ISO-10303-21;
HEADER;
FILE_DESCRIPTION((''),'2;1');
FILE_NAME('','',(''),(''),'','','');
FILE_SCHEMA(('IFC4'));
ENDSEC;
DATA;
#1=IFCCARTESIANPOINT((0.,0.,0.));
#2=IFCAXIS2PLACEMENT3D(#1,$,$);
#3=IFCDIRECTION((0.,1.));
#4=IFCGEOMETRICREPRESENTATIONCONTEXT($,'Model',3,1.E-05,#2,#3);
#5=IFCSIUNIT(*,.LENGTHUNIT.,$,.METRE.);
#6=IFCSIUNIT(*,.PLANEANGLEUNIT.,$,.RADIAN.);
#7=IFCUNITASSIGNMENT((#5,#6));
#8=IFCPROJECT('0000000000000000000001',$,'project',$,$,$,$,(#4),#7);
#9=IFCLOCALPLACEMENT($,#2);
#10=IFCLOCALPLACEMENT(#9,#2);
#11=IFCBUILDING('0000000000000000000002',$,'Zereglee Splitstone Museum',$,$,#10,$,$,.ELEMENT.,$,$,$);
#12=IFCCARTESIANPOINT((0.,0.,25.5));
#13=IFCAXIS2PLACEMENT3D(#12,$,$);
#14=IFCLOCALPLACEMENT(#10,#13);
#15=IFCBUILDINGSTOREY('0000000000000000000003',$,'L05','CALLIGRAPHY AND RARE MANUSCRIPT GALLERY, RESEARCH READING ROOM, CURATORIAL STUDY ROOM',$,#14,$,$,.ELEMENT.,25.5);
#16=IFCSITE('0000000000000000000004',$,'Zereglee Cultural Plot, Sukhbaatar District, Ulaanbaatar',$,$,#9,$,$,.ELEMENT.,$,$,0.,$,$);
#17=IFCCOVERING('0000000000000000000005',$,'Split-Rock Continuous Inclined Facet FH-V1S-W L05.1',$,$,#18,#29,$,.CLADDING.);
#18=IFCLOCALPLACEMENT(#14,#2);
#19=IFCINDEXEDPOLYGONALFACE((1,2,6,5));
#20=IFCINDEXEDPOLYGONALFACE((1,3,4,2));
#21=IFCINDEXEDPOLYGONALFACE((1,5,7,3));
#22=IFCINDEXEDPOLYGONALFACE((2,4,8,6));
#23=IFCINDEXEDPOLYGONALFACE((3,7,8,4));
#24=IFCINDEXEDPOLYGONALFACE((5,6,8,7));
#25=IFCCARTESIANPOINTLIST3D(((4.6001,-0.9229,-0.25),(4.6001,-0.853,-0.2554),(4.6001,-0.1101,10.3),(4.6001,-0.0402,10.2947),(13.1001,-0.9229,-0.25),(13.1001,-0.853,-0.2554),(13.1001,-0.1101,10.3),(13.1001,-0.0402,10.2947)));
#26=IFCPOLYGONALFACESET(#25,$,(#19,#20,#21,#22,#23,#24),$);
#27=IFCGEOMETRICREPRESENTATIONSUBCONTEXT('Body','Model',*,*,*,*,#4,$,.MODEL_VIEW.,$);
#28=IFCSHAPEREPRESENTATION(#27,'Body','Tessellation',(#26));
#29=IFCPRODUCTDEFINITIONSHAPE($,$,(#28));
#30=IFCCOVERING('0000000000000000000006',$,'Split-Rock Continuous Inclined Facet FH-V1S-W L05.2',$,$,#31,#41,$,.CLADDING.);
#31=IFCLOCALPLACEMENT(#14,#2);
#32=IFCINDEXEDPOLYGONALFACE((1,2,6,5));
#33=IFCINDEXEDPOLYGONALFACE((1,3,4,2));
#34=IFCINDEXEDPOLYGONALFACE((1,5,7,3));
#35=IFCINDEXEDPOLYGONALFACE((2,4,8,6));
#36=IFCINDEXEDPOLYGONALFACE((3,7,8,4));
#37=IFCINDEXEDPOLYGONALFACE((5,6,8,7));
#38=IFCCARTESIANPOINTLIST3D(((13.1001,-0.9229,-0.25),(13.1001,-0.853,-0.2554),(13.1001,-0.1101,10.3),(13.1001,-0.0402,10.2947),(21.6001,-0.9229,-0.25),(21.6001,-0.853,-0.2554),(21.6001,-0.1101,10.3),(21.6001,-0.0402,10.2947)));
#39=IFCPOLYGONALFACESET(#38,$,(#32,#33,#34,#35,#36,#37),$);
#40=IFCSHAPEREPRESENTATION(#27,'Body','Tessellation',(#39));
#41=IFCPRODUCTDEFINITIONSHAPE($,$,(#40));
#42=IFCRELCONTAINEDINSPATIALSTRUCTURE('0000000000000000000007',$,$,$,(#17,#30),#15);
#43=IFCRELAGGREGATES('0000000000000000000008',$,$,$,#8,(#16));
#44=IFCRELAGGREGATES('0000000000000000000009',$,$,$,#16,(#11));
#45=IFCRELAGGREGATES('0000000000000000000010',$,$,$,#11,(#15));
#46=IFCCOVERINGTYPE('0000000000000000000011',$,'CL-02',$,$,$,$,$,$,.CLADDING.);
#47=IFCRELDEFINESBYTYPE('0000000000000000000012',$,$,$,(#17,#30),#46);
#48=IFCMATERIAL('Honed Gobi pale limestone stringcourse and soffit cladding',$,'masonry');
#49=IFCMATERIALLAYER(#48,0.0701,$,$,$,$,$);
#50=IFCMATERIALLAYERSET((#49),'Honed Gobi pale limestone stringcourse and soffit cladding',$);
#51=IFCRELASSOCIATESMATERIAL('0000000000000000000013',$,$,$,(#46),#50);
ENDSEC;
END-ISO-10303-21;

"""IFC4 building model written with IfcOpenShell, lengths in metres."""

from ifc_helpers import new_model, si_unit, direction, frame, origin, place, context, subcontext, project, spatial, polyline, outline, extrude, material, layer, layer_set, type_object, element, save


model = new_model("IFC4")

# Units and contexts
model_context = context("Model", 3, precision=1e-05, world=origin(), true_north=direction((0.0, 1.0)))
body_context = subcontext(model_context, "Body", "Model", "MODEL_VIEW")
ifc_project = project(units=[si_unit("LENGTHUNIT", "METRE"), si_unit("PLANEANGLEUNIT", "RADIAN")], contexts=[model_context])

# Site, building, storey
site_placement = place(None, origin())
site = spatial("IfcSite", under=ifc_project, at=site_placement, Name="Zereglee Cultural Plot, Sukhbaatar District, Ulaanbaatar", CompositionType="ELEMENT", RefElevation=0.0)
building_placement = place(site_placement, origin())
building = spatial("IfcBuilding", under=site, at=building_placement, Name="Zereglee Splitstone Museum", CompositionType="ELEMENT")
storey_placement = place(building_placement, frame((0.0, 0.0, 25.5)))
storey = spatial("IfcBuildingStorey", under=building, at=storey_placement, Name="L05", Description="CALLIGRAPHY AND RARE MANUSCRIPT GALLERY, RESEARCH READING ROOM, CURATORIAL STUDY ROOM", CompositionType="ELEMENT", Elevation=25.5)

# Coverings
ifc_material_1 = material(Name="Honed Gobi pale limestone stringcourse and soffit cladding", Category="masonry")
ifc_layer_1 = layer(ifc_material_1, 0.0701)
ifc_layer_set_1 = layer_set([ifc_layer_1], Name="Honed Gobi pale limestone stringcourse and soffit cladding")
covering_type = type_object("IfcCoveringType", Name="CL-02", PredefinedType="CLADDING", material=ifc_layer_set_1)
for number, where, z_axis, x_axis, name in (
    (1, (4.6001, -0.9229, -0.25), (0.0, -0.997046, 0.076809), (1.0, 0.0, 0.0), "Split-Rock Continuous Inclined Facet FH-V1S-W L05.1"),
    (2, (13.1001, -0.9229, -0.25), (0.0, -0.997046, 0.076809), (1.0, 0.0, 0.0), "Split-Rock Continuous Inclined Facet FH-V1S-W L05.2"),
):
    element("IfcCovering", number, at=place(storey_placement, frame(where, z_axis=z_axis, x_axis=x_axis)), inside=storey, type_object=covering_type, Name=name, PredefinedType="CLADDING", context=body_context, shape_type="SweptSolid", body=[
        extrude(outline(polyline([(0.0, 0.0), (8.5, 0.0), (8.5, 10.5813), (0.0, 10.5813), (0.0, 0.0)])), origin(), (0.0, 0.0, -1.0), 0.0701),
    ])

save(model, "model.ifc")
